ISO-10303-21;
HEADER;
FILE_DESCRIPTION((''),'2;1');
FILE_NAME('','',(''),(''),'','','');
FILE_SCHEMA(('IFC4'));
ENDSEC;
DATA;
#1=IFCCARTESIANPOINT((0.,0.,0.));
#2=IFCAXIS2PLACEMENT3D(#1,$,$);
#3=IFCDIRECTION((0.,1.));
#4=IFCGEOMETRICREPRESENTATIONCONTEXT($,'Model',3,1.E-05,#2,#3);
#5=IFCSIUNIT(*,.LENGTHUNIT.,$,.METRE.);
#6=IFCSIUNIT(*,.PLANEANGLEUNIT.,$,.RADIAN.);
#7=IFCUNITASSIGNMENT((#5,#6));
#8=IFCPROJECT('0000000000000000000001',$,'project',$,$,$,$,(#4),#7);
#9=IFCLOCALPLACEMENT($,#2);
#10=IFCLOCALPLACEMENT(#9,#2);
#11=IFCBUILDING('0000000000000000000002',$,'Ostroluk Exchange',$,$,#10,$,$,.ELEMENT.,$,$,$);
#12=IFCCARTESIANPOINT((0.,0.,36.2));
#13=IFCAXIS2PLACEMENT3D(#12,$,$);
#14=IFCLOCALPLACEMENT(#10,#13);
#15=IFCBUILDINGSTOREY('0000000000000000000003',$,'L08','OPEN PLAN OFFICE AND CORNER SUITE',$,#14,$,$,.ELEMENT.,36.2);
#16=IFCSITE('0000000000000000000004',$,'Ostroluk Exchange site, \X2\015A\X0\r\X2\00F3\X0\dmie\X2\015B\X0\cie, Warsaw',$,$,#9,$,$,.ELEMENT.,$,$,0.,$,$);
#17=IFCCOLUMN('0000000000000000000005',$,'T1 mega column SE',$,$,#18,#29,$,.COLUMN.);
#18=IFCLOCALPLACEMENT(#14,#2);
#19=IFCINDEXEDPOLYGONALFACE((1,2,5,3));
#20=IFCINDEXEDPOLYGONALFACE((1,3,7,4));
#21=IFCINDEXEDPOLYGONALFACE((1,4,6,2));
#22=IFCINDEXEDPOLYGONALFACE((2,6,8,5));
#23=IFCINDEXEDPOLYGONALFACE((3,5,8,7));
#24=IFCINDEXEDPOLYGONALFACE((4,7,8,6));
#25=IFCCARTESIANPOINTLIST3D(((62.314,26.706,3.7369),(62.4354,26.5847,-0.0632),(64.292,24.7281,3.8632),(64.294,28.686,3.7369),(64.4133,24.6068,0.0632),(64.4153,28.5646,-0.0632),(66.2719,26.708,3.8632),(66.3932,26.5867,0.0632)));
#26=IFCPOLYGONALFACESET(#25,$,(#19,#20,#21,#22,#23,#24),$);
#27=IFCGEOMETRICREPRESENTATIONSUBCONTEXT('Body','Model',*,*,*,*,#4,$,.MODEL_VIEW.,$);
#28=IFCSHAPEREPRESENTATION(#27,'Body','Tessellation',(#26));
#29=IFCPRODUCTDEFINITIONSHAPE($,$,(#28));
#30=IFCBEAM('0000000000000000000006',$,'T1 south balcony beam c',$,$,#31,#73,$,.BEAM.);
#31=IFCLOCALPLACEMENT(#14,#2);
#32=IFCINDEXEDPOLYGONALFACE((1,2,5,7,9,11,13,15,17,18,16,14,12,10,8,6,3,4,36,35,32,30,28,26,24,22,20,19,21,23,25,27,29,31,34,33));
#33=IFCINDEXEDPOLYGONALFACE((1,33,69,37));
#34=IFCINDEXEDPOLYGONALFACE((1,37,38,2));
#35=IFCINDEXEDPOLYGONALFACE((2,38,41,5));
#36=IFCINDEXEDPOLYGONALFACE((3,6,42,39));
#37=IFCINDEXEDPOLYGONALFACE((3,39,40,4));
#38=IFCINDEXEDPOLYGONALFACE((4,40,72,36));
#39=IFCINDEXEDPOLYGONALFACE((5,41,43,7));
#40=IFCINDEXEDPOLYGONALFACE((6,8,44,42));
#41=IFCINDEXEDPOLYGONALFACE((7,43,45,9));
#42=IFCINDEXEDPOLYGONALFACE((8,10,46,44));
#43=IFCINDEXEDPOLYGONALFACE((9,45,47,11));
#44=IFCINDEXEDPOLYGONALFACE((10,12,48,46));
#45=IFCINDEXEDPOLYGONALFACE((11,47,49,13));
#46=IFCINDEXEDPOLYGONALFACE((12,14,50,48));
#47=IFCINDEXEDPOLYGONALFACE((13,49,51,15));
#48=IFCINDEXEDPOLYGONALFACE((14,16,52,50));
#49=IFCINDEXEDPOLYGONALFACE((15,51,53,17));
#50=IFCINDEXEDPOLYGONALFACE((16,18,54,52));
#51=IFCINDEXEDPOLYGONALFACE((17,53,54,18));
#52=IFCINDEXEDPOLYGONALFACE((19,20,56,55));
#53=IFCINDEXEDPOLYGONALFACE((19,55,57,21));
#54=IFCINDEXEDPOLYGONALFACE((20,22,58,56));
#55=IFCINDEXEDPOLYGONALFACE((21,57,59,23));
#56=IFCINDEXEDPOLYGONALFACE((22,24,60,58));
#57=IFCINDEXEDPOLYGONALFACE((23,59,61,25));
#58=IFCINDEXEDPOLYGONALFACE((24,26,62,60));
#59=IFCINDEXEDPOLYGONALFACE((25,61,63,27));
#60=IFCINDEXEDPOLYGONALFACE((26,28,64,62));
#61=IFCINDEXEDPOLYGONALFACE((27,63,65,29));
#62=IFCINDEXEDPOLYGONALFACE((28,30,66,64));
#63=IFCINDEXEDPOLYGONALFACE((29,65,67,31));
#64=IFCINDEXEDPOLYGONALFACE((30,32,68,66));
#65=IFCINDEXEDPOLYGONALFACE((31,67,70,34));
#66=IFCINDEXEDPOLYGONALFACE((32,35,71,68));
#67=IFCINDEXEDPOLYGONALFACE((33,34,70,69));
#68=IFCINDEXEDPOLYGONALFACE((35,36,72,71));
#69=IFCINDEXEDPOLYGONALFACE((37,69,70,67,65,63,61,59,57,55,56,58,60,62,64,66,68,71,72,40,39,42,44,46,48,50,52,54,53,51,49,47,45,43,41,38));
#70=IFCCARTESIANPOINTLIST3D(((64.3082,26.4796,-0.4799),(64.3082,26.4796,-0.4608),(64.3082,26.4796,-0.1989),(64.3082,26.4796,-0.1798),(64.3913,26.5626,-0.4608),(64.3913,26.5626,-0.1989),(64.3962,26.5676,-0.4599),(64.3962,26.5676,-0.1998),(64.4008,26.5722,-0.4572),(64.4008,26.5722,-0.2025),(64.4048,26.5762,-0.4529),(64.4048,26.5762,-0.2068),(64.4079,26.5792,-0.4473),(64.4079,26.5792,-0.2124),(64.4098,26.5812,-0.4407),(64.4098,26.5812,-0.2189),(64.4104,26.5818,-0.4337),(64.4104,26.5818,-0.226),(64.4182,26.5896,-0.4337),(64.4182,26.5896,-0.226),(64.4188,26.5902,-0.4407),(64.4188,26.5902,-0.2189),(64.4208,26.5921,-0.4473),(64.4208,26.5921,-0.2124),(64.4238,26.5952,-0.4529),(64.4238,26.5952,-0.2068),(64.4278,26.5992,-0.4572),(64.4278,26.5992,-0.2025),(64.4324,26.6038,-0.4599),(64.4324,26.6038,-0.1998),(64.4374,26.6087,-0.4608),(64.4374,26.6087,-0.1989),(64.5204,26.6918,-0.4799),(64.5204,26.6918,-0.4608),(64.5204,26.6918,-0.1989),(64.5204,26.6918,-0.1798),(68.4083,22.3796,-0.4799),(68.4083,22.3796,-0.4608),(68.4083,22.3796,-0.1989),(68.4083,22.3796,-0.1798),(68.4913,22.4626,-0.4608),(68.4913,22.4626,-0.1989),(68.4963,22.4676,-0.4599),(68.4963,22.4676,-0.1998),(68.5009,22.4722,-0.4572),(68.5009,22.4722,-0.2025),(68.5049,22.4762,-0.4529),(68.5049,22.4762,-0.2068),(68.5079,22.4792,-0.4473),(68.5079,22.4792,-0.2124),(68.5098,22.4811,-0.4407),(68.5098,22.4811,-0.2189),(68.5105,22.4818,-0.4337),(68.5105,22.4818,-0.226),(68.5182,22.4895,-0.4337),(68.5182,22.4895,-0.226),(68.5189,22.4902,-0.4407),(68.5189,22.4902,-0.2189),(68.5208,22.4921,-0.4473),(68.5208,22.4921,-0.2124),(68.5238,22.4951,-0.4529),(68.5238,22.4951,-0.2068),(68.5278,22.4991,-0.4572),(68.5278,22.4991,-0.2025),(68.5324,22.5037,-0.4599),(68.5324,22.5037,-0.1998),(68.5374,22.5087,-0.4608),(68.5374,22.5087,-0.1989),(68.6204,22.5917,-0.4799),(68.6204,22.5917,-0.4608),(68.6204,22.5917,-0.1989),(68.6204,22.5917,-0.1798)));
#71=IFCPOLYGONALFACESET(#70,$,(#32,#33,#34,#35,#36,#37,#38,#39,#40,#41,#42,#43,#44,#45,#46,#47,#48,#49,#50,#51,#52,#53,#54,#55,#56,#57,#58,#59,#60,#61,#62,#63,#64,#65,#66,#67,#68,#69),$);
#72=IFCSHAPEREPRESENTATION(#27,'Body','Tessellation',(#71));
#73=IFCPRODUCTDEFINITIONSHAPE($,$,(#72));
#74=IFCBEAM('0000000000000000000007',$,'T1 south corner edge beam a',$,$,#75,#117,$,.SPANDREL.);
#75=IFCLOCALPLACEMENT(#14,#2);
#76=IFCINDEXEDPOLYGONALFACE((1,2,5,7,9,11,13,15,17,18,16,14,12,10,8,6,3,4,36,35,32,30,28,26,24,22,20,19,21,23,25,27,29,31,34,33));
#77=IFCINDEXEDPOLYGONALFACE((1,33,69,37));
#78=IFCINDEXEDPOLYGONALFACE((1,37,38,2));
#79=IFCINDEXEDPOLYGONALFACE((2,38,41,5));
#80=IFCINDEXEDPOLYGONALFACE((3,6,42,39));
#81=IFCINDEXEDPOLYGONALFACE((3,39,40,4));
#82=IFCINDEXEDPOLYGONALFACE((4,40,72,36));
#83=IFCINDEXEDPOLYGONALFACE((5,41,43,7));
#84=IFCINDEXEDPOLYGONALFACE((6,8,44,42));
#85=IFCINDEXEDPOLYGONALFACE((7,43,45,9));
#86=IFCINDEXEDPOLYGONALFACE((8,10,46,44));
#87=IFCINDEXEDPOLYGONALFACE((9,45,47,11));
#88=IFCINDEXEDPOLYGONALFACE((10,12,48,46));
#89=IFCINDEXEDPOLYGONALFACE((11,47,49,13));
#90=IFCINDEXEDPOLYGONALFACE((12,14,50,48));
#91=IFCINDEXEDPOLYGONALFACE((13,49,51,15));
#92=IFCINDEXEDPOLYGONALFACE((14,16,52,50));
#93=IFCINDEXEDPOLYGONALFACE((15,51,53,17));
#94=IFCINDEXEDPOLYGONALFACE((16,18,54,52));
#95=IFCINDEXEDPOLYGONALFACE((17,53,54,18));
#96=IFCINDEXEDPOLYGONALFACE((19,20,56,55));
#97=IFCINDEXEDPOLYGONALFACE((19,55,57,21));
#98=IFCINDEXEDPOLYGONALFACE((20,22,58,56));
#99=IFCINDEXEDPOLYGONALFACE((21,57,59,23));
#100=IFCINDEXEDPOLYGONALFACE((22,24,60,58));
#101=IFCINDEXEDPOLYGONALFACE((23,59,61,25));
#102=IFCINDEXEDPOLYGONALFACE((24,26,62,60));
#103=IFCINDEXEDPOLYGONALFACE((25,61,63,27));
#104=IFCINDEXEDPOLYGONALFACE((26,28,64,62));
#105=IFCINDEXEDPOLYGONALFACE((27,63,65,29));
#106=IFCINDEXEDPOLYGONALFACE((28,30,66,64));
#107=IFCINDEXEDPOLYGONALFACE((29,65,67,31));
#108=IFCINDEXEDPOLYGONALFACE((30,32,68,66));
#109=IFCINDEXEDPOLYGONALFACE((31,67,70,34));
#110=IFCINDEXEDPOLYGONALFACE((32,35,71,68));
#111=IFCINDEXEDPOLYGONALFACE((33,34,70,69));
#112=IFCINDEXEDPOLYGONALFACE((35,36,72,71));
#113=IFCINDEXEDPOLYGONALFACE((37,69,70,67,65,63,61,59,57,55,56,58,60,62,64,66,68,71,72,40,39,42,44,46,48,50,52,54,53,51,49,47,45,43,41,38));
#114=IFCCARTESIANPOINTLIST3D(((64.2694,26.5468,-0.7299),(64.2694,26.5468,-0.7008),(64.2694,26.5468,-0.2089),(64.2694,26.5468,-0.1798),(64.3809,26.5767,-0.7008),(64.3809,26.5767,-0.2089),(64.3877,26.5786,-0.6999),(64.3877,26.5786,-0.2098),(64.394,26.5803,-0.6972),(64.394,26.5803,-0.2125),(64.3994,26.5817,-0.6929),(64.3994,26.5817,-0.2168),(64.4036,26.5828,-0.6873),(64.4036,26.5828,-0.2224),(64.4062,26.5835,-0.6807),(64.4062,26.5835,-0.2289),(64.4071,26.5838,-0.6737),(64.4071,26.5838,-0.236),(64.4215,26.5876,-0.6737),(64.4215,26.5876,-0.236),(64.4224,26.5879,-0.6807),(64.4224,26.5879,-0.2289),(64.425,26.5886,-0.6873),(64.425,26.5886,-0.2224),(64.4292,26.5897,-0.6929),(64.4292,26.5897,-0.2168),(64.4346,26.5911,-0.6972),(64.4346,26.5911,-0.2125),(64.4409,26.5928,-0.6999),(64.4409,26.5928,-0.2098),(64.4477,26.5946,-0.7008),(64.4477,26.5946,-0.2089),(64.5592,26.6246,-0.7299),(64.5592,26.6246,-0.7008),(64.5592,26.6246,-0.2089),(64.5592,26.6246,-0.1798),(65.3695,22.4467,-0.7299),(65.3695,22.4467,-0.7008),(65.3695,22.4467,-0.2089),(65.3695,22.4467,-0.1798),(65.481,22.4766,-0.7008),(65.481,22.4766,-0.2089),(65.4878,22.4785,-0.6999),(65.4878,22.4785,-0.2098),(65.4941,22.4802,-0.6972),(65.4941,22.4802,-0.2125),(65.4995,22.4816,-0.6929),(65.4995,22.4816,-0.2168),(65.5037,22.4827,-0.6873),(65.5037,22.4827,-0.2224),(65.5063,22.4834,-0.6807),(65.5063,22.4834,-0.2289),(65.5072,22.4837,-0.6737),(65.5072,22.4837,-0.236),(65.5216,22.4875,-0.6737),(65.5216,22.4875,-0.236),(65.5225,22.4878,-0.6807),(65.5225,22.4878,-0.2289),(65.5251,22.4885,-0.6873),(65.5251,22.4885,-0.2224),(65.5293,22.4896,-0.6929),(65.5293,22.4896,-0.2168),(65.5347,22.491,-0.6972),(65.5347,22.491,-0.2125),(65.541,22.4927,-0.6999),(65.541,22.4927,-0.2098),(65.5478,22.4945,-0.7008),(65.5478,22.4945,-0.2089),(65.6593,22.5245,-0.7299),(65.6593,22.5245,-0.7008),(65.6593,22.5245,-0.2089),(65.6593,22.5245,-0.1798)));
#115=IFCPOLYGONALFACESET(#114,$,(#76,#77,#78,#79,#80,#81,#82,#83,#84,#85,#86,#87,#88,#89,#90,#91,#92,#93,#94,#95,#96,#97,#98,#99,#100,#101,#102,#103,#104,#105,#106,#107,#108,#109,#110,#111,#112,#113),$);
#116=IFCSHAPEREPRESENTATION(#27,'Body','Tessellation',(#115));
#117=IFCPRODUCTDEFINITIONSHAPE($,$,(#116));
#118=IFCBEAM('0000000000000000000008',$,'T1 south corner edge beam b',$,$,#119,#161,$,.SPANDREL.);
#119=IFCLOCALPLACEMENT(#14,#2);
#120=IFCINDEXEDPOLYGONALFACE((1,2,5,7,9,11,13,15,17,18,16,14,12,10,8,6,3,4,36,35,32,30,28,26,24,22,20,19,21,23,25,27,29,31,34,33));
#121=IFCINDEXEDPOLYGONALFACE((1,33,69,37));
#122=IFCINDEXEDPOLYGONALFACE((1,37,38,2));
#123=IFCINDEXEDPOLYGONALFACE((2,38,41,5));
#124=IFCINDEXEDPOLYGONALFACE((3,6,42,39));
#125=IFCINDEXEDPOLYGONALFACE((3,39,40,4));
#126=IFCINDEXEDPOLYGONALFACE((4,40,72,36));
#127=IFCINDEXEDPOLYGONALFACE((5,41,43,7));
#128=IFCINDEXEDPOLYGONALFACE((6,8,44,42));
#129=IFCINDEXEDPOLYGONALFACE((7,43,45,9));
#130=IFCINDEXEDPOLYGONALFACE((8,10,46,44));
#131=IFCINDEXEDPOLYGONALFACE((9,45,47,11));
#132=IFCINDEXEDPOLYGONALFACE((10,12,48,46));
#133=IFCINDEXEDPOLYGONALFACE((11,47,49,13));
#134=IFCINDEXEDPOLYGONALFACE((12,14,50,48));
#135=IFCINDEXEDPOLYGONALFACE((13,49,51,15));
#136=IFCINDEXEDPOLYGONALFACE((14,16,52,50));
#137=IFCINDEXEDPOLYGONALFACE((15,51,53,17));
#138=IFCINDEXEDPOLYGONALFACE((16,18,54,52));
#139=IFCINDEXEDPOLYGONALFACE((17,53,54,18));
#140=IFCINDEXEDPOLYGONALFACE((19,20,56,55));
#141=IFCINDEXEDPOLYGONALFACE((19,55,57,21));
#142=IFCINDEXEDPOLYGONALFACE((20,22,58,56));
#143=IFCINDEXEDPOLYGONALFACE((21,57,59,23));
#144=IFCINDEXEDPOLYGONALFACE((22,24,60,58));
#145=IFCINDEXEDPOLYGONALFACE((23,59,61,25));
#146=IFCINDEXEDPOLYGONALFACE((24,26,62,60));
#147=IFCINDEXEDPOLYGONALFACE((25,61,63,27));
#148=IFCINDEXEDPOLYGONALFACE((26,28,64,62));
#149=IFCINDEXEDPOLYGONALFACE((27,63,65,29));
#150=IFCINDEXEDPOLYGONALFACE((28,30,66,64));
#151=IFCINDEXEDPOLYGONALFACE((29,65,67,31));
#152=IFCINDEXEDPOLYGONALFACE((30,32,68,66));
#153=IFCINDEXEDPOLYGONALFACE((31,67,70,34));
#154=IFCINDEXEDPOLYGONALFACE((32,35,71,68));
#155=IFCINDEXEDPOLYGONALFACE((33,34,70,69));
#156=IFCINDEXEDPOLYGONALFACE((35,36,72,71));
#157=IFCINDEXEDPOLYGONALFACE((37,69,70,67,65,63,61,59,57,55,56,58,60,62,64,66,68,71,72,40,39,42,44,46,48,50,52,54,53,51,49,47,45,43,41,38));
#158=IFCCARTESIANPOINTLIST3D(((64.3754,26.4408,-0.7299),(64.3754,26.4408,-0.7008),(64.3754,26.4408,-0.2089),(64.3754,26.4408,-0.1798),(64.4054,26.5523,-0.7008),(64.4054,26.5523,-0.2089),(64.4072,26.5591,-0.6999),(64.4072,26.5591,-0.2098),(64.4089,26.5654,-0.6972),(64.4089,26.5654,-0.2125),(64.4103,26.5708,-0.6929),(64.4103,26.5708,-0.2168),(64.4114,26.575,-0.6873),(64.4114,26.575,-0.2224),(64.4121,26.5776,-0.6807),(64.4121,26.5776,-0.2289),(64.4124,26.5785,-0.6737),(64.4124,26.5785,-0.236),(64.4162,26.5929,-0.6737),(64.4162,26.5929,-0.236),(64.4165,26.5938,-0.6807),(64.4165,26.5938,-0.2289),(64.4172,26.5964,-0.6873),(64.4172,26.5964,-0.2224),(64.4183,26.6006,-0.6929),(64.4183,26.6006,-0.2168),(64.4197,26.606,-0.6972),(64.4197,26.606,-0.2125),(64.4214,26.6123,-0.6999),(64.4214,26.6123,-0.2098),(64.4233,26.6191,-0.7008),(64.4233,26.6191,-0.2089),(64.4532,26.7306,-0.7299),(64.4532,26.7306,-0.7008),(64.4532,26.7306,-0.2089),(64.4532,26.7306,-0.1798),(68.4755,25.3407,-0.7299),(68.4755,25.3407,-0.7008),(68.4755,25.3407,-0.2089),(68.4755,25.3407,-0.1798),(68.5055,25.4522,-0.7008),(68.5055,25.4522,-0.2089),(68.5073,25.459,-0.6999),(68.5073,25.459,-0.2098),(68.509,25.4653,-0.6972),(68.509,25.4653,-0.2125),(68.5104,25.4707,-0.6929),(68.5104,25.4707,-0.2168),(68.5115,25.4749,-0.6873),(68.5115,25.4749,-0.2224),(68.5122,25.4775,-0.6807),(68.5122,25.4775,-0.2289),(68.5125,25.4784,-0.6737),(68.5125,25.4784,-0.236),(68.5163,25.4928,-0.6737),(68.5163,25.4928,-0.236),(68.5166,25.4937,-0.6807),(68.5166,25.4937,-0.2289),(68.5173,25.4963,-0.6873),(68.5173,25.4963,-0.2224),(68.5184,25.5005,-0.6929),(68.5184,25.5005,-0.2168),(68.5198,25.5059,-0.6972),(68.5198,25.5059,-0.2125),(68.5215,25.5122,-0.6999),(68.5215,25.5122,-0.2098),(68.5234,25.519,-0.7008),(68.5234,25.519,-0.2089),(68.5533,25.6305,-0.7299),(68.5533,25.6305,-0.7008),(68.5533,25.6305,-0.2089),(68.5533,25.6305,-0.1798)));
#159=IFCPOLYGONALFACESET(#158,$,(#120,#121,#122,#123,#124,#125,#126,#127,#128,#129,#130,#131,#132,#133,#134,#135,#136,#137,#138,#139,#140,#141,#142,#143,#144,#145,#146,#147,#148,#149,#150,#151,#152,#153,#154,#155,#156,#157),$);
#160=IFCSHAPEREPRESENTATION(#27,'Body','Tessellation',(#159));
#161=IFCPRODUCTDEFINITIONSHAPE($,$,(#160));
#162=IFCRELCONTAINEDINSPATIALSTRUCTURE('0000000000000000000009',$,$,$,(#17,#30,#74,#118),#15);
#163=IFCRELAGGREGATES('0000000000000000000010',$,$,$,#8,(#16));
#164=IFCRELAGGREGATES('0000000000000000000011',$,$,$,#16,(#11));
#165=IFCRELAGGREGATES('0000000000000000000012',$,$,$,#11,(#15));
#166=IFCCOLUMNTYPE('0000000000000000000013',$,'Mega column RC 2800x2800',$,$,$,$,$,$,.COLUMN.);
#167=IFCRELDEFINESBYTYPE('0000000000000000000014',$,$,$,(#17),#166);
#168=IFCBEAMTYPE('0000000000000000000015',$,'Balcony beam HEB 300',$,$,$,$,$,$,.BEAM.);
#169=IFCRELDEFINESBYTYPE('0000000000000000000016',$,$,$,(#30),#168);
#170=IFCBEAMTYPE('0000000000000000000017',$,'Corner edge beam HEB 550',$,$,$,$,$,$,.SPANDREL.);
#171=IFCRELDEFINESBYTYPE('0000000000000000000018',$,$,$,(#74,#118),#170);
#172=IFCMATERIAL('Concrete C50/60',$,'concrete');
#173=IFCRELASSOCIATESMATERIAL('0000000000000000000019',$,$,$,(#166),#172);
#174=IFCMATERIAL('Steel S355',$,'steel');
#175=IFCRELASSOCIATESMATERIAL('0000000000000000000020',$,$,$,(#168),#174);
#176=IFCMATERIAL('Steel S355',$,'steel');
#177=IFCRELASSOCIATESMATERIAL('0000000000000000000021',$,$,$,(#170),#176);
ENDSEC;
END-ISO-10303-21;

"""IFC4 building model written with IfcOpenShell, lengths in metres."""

from ifc_helpers import new_model, si_unit, direction, frame, origin, origin_2d, place, context, subcontext, project, spatial, rectangle, i_section, extrude, material, material_profile, profile_set, type_object, element, save


model = new_model("IFC4")

# Units and contexts
model_context = context("Model", 3, precision=1e-05, world=origin(), true_north=direction((0.0, 1.0)))
body_context = subcontext(model_context, "Body", "Model", "MODEL_VIEW")
ifc_project = project(units=[si_unit("LENGTHUNIT", "METRE"), si_unit("PLANEANGLEUNIT", "RADIAN")], contexts=[model_context])

# Site, building, storey
site_placement = place(None, origin())
site = spatial("IfcSite", under=ifc_project, at=site_placement, Name="Ostroluk Exchange site, Śródmieście, Warsaw", CompositionType="ELEMENT", RefElevation=0.0)
building_placement = place(site_placement, origin())
building = spatial("IfcBuilding", under=site, at=building_placement, Name="Ostroluk Exchange", CompositionType="ELEMENT")
storey_placement = place(building_placement, frame((0.0, 0.0, 36.2)))
storey = spatial("IfcBuildingStorey", under=building, at=storey_placement, Name="L08", Description="OPEN PLAN OFFICE AND CORNER SUITE", CompositionType="ELEMENT", Elevation=36.2)

# Column
ifc_material_1 = material(Name="Concrete C50/60", Category="concrete")
ifc_material_profile_1 = material_profile(ifc_material_1, rectangle(XDim=2.8, YDim=2.8, at=origin_2d()), Name="RC 2800x2800")
ifc_profile_set_1 = profile_set([ifc_material_profile_1], Name="Concrete C50/60")
column_type = type_object("IfcColumnType", Name="Mega column RC 2800x2800", PredefinedType="COLUMN", material=ifc_profile_set_1)
column_placement = place(storey_placement, frame((64.4143, 26.5857, 0.0), z_axis=(-0.031898, 0.031898, 0.998982), x_axis=(-0.707107, -0.707107, 0.0)))
element("IfcColumn", 1, at=column_placement, inside=storey, type_object=column_type, Name="T1 mega column SE", PredefinedType="COLUMN", context=body_context, shape_type="SweptSolid", body=[
    extrude(rectangle(XDim=2.8, YDim=2.8, at=origin_2d()), origin(), (0.0, 0.0, 1.0), 3.804),
])

# Beams
ifc_material_2 = material(Name="Steel S355", Category="steel")
ifc_material_profile_2 = material_profile(ifc_material_2, i_section(OverallWidth=0.3, OverallDepth=0.3, WebThickness=0.011, FlangeThickness=0.019, FilletRadius=0.0271, at=origin_2d()), Name="HEB 300")
ifc_profile_set_2 = profile_set([ifc_material_profile_2], Name="Steel S355")
beam_type_1 = type_object("IfcBeamType", Name="Balcony beam HEB 300", PredefinedType="BEAM", material=ifc_profile_set_2)
beam_1_placement = place(storey_placement, frame((64.4143, 26.5857, -0.3298), z_axis=(0.707107, -0.707107, 0.0), x_axis=(0.707107, 0.707107, 0.0)))
element("IfcBeam", 2, at=beam_1_placement, inside=storey, type_object=beam_type_1, Name="T1 south balcony beam c", PredefinedType="BEAM", context=body_context, shape_type="SweptSolid", body=[
    extrude(i_section(OverallWidth=0.3, OverallDepth=0.3, WebThickness=0.011, FlangeThickness=0.019, FilletRadius=0.0271, at=origin_2d()), origin(), (0.0, 0.0, 1.0), 5.7983),
])
ifc_material_3 = material(Name="Steel S355", Category="steel")
ifc_material_profile_3 = material_profile(ifc_material_3, i_section(OverallWidth=0.3, OverallDepth=0.55, WebThickness=0.0149, FlangeThickness=0.0291, FilletRadius=0.0271, at=origin_2d()), Name="HEB 550")
ifc_profile_set_3 = profile_set([ifc_material_profile_3], Name="Steel S355")
beam_type_2 = type_object("IfcBeamType", Name="Corner edge beam HEB 550", PredefinedType="SPANDREL", material=ifc_profile_set_3)
for number, where, z_axis, x_axis, name in (
    (3, (64.4143, 26.5857, -0.4548), (0.259144, -0.965839, 0.0), (0.965839, 0.259144, 0.0), "T1 south corner edge beam a"),
    (4, (64.4143, 26.5857, -0.4548), (0.965839, -0.259144, 0.0), (0.259144, 0.965839, 0.0), "T1 south corner edge beam b"),
):
    element("IfcBeam", number, at=place(storey_placement, frame(where, z_axis=z_axis, x_axis=x_axis)), inside=storey, type_object=beam_type_2, Name=name, PredefinedType="SPANDREL", context=body_context, shape_type="SweptSolid", body=[
        extrude(i_section(OverallWidth=0.3, OverallDepth=0.55, WebThickness=0.0149, FlangeThickness=0.0291, FilletRadius=0.0271, at=origin_2d()), origin(), (0.0, 0.0, 1.0), 4.2451),
    ])

save(model, "model.ifc")
